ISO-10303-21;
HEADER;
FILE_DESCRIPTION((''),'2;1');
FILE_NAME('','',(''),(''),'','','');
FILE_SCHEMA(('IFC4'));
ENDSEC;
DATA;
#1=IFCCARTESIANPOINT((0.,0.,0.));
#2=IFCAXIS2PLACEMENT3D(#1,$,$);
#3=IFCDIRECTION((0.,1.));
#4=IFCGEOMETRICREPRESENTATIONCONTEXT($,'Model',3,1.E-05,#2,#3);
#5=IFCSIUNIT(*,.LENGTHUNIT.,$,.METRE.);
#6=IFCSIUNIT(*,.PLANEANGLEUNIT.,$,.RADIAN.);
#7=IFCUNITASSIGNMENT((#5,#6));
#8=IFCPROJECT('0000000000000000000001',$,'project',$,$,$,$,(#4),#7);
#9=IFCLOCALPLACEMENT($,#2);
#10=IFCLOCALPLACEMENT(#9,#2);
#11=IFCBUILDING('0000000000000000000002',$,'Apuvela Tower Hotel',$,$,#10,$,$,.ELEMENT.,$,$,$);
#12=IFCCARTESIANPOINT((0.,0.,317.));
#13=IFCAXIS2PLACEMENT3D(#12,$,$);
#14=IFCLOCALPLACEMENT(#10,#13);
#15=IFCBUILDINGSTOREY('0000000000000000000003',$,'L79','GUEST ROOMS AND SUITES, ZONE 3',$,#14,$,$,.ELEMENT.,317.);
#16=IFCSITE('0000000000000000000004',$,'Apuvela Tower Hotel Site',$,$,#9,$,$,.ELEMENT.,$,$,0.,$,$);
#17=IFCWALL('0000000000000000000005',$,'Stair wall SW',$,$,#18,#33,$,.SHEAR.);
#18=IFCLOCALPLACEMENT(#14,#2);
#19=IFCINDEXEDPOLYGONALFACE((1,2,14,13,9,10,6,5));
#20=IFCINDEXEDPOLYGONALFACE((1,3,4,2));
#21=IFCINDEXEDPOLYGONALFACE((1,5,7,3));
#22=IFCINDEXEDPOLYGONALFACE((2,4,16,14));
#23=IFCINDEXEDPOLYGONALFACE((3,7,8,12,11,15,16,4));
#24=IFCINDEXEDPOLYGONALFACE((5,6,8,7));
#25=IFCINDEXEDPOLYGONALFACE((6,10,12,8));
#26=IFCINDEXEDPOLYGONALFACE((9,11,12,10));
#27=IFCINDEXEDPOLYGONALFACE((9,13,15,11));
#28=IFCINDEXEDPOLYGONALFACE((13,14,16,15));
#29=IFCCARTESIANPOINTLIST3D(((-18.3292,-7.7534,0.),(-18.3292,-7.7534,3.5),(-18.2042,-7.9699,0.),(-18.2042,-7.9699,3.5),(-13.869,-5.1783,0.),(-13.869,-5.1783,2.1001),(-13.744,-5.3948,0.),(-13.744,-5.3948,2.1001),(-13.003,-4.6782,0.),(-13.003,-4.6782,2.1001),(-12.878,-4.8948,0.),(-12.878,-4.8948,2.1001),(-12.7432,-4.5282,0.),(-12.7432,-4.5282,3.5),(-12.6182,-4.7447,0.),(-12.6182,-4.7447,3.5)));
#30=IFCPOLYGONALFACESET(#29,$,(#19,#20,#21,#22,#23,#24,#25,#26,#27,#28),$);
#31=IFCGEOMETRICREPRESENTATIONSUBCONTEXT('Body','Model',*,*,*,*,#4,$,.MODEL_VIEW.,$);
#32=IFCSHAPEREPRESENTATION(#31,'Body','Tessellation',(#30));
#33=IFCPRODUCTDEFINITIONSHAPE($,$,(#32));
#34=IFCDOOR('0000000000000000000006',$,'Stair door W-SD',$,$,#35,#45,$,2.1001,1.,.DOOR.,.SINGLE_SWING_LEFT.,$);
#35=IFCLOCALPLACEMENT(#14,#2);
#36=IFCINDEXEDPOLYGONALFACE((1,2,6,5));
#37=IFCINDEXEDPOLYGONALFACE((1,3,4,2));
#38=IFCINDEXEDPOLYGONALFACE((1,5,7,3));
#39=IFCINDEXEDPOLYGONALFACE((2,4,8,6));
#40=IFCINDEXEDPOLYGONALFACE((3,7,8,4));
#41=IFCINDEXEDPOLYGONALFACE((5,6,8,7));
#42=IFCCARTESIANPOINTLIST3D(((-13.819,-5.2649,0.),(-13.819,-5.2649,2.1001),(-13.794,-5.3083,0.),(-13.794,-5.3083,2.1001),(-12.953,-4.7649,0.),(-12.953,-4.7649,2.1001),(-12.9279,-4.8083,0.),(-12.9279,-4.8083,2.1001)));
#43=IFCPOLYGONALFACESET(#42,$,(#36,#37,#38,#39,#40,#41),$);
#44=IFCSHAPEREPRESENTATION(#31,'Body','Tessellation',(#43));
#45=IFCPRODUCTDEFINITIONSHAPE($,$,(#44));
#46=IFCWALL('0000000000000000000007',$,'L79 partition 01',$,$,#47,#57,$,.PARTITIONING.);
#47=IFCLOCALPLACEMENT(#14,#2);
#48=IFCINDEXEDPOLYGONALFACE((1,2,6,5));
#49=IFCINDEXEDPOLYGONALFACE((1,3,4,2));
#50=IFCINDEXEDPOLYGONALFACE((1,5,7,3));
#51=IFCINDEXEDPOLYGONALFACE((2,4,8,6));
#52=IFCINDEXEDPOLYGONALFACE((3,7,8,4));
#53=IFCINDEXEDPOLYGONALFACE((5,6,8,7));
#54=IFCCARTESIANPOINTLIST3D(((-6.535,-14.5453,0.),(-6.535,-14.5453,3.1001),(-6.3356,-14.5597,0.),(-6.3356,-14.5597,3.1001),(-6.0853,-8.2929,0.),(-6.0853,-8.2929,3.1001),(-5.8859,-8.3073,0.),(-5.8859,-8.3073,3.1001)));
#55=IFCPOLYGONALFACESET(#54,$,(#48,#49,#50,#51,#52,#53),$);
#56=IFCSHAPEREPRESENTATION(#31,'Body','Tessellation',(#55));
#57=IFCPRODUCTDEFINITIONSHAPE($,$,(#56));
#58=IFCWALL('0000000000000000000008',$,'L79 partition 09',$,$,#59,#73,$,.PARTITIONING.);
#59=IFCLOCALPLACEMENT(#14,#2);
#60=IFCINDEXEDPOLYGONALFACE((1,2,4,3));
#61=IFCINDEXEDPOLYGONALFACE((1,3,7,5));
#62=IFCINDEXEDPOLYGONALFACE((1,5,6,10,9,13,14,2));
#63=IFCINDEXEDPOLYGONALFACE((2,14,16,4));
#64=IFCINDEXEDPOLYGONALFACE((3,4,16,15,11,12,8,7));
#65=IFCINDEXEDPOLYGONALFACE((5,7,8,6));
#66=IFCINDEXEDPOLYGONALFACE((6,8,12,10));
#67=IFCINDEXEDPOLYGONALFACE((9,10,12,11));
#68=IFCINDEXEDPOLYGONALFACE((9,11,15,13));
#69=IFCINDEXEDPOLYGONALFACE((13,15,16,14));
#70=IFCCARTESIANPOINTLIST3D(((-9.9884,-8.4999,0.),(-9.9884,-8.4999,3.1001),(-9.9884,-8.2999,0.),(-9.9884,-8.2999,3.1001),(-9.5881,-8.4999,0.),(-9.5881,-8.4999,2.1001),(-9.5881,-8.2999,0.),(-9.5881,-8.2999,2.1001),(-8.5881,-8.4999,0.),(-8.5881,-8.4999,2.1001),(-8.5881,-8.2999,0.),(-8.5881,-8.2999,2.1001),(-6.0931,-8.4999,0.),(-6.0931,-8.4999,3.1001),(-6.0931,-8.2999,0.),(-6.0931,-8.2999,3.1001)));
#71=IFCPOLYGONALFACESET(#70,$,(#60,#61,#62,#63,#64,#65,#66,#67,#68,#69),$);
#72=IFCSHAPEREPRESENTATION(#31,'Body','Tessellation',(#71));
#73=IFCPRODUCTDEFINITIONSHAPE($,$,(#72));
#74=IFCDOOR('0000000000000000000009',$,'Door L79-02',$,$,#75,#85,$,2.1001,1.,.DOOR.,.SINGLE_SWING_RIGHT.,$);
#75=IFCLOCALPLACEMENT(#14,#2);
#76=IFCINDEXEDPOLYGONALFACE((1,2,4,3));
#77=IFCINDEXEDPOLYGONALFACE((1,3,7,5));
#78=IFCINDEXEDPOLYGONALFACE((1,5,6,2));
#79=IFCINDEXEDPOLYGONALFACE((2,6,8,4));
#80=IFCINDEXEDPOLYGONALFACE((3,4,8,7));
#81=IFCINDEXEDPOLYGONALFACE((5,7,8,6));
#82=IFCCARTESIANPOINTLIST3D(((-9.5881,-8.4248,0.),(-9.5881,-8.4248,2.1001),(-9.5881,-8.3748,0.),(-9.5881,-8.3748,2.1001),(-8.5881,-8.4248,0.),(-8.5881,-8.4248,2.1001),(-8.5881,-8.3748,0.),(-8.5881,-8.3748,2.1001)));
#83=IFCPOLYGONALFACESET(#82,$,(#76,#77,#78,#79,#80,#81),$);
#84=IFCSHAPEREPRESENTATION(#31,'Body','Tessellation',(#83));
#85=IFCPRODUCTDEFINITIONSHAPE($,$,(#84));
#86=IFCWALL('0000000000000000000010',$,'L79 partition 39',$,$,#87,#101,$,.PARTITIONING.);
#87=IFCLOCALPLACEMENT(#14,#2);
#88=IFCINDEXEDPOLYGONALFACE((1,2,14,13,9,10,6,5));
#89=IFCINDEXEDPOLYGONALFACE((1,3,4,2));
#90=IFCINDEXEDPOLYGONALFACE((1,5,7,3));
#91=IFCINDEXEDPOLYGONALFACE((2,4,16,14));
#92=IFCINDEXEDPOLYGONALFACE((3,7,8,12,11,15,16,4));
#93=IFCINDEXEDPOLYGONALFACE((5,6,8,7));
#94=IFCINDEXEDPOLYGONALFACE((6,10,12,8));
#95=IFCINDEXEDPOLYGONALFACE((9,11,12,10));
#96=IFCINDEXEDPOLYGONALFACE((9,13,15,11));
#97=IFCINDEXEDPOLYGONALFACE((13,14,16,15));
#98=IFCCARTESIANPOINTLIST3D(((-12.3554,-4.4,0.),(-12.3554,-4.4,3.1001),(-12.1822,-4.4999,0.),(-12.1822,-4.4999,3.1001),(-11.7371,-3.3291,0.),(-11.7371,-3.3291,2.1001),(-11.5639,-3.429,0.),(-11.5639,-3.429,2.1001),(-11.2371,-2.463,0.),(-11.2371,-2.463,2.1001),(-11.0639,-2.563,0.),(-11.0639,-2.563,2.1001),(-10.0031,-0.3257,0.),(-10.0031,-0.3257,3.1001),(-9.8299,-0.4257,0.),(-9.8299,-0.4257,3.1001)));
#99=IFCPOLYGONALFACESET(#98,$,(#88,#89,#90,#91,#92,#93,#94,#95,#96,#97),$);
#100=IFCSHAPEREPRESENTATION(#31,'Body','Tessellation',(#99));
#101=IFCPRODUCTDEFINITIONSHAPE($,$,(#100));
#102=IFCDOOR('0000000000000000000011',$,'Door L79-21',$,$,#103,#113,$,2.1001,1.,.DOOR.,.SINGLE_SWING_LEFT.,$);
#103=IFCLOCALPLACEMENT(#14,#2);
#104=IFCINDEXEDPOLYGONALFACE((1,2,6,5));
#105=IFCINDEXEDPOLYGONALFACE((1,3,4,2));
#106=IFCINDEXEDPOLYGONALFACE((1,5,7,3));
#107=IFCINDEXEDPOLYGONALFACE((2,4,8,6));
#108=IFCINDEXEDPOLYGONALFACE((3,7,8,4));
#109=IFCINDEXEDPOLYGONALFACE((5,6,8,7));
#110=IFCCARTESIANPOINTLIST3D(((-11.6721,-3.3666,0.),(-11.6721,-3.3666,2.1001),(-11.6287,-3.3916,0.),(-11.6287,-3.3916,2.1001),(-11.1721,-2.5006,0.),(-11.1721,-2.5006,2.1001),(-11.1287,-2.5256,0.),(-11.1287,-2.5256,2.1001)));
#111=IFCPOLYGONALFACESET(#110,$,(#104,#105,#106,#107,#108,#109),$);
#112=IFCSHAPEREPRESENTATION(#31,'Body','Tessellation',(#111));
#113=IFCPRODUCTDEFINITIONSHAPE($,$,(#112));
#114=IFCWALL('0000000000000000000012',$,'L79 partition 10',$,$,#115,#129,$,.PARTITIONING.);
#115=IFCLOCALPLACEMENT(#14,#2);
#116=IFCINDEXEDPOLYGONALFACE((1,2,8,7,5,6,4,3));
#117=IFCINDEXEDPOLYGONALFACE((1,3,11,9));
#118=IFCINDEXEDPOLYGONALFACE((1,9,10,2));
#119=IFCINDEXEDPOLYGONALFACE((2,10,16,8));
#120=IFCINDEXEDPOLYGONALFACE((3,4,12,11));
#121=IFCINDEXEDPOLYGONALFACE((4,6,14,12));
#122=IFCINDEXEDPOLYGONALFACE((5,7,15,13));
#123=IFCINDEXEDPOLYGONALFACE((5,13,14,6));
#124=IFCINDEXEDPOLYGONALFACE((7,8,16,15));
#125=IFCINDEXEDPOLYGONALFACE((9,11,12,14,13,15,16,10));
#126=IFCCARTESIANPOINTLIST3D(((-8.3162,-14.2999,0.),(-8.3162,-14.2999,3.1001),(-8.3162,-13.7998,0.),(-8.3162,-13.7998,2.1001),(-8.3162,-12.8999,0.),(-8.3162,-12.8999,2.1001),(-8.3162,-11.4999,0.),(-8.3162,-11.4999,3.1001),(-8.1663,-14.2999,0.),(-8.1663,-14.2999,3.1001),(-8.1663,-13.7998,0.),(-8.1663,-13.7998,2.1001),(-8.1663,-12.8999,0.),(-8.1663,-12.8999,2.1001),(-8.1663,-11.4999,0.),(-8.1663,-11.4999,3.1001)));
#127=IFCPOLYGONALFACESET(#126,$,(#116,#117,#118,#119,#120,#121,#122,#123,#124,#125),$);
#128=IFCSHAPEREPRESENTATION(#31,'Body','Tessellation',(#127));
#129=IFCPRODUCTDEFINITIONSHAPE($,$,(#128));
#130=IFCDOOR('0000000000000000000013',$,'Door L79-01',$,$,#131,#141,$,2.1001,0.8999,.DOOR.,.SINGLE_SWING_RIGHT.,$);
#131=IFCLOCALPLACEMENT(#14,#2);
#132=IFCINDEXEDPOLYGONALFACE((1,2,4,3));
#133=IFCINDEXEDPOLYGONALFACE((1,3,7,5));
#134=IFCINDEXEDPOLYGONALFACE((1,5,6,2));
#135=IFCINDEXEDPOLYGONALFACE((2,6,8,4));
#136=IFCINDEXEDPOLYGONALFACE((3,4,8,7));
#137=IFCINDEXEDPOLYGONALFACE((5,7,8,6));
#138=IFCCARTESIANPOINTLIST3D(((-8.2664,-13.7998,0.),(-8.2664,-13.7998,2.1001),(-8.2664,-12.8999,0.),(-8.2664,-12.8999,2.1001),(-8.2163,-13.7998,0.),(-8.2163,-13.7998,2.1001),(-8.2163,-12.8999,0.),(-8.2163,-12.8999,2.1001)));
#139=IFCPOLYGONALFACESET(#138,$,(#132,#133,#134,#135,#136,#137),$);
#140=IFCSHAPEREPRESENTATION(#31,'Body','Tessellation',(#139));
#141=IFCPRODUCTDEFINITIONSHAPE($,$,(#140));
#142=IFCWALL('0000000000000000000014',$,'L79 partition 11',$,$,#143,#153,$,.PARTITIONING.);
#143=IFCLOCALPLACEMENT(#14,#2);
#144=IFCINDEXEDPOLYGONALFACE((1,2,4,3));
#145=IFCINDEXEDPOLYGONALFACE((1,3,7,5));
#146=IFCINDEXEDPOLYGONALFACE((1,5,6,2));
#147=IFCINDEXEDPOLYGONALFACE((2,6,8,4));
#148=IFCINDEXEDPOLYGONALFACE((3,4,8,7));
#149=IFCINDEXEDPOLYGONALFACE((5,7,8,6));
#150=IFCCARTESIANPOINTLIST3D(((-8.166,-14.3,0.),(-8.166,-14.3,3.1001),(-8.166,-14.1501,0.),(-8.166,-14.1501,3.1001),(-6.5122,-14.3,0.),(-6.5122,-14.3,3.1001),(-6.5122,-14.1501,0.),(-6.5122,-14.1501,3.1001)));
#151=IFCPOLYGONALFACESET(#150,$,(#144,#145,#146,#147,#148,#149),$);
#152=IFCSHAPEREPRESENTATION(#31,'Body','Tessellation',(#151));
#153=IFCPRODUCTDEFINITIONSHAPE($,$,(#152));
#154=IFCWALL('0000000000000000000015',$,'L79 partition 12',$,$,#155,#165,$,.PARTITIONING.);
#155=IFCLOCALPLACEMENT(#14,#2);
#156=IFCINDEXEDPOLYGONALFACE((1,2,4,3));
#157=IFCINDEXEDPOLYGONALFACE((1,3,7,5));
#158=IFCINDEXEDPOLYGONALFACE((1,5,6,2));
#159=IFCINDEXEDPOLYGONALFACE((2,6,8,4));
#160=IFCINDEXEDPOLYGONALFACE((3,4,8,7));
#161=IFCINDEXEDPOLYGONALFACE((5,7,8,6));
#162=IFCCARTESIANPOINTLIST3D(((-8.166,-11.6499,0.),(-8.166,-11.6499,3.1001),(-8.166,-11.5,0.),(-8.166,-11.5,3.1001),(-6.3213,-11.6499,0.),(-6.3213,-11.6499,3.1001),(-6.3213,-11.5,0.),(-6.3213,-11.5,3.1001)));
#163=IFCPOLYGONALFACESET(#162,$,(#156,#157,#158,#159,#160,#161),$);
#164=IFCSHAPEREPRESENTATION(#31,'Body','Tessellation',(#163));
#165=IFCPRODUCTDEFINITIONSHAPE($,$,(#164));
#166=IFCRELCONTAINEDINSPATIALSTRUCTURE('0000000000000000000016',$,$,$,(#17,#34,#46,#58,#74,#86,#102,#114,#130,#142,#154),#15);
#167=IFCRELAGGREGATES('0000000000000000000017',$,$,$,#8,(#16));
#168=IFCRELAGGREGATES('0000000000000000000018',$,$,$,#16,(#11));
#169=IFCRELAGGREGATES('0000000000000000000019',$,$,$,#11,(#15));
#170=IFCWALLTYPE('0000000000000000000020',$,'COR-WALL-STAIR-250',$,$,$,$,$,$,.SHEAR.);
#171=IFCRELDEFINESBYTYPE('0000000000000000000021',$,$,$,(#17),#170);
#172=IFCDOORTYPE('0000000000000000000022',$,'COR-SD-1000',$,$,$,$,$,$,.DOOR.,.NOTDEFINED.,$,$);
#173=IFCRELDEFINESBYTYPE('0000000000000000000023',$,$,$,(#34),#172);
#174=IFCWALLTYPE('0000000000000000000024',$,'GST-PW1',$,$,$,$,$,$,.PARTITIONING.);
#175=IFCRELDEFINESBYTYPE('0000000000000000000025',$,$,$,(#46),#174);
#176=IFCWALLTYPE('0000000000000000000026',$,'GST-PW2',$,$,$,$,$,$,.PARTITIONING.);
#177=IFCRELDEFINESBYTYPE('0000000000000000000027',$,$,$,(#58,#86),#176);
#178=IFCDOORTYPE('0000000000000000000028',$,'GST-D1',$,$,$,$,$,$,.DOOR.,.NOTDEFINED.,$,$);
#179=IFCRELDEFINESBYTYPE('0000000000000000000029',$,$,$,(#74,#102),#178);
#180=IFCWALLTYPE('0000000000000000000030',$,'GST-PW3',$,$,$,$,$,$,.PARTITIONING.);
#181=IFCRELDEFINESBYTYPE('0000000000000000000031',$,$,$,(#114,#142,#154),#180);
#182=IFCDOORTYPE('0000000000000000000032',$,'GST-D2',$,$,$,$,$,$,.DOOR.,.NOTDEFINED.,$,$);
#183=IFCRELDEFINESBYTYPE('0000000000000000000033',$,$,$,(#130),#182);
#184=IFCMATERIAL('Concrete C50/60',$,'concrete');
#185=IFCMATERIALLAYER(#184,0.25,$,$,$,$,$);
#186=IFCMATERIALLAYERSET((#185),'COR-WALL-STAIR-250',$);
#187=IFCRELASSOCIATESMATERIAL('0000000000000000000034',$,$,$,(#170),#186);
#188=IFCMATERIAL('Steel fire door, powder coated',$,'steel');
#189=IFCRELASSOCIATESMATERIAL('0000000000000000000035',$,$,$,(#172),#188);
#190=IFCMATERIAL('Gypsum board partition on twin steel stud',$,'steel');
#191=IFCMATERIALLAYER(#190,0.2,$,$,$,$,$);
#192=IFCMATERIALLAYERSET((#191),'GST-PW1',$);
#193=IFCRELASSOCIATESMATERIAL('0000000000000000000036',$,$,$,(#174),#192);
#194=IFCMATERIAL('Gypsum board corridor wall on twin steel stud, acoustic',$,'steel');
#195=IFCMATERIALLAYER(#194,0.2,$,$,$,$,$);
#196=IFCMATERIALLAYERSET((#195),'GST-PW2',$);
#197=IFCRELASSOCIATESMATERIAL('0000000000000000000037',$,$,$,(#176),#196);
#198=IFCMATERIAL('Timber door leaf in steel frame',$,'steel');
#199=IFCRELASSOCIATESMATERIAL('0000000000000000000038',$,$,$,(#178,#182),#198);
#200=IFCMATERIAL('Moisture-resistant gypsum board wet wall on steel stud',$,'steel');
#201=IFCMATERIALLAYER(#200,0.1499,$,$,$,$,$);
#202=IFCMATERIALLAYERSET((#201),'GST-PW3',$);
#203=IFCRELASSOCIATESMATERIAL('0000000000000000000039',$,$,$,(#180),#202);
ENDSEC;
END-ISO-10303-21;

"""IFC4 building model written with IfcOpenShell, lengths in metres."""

from ifc_helpers import new_model, si_unit, direction, frame, frame_2d, origin, place, context, subcontext, project, spatial, rectangle, extrude, material, layer, layer_set, type_object, element, fill, save


model = new_model("IFC4")

# Units and contexts
model_context = context("Model", 3, precision=1e-05, world=origin(), true_north=direction((0.0, 1.0)))
body_context = subcontext(model_context, "Body", "Model", "MODEL_VIEW")
ifc_project = project(units=[si_unit("LENGTHUNIT", "METRE"), si_unit("PLANEANGLEUNIT", "RADIAN")], contexts=[model_context])

# Site, building, storey
site_placement = place(None, origin())
site = spatial("IfcSite", under=ifc_project, at=site_placement, Name="Apuvela Tower Hotel Site", CompositionType="ELEMENT", RefElevation=0.0)
building_placement = place(site_placement, origin())
building = spatial("IfcBuilding", under=site, at=building_placement, Name="Apuvela Tower Hotel", CompositionType="ELEMENT")
storey_placement = place(building_placement, frame((0.0, 0.0, 317.0)))
storey = spatial("IfcBuildingStorey", under=building, at=storey_placement, Name="L79", Description="GUEST ROOMS AND SUITES, ZONE 3", CompositionType="ELEMENT", Elevation=317.0)

# Shared definitions
ifc_material_1 = material(Name="Concrete C50/60", Category="concrete")

# Wall, opening, door
ifc_material_2 = material(Name="Steel fire door, powder coated", Category="steel")
ifc_layer_1 = layer(ifc_material_1, 0.25)
ifc_layer_set_1 = layer_set([ifc_layer_1], Name="COR-WALL-STAIR-250")
wall_type_1 = type_object("IfcWallType", Name="COR-WALL-STAIR-250", PredefinedType="SHEAR", material=ifc_layer_set_1)
wall_1_placement = place(storey_placement, frame((-12.6807, -4.6365, 0.0), z_axis=(0.0, 0.0, 1.0), x_axis=(-0.866022, -0.500006, 0.0)))
wall_1 = element("IfcWall", 1, at=wall_1_placement, inside=storey, type_object=wall_type_1, Name="Stair wall SW", PredefinedType="SHEAR", context=body_context, shape_type="SweptSolid", body=[
    extrude(rectangle(XDim=6.4502, YDim=0.25, at=frame_2d((3.2251, 0.0))), origin(), (0.0, 0.0, 1.0), 3.5),
])
opening_1_placement = place(wall_1_placement, frame((0.3, 0.0, 0.0)))
opening_1 = element("IfcOpeningElement", 2, at=opening_1_placement, cuts=wall_1, PredefinedType="OPENING", context=body_context, shape_type="SweptSolid", body=[
    extrude(rectangle(XDim=1.0, YDim=2.1001, at=frame_2d((0.5, 1.05))), frame((0.0, 0.135, 0.0), z_axis=(0.0, -1.0, 0.0), x_axis=(1.0, 0.0, 0.0)), (0.0, 0.0, 1.0), 0.27),
])
door_type_1 = type_object("IfcDoorType", Name="COR-SD-1000", OperationType="NOTDEFINED", PredefinedType="DOOR", material=ifc_material_2)
door_1_placement = place(opening_1_placement, frame((1.0, 0.0, 0.0), z_axis=(0.0, 0.0, 1.0), x_axis=(-1.0, 0.0, 0.0)))
door_1 = element("IfcDoor", 3, at=door_1_placement, inside=storey, type_object=door_type_1, Name="Stair door W-SD", OperationType="SINGLE_SWING_LEFT", OverallHeight=2.1001, OverallWidth=1.0, PredefinedType="DOOR", context=body_context, shape_type="SweptSolid", body=[
    extrude(rectangle(XDim=1.0, YDim=2.1001, at=frame_2d((0.5, 1.05))), frame((0.0, 0.0249, 0.0), z_axis=(0.0, -1.0, 0.0), x_axis=(1.0, 0.0, 0.0)), (0.0, 0.0, 1.0), 0.05),
])
fill(opening_1, door_1)

# Wall
ifc_material_3 = material(Name="Gypsum board partition on twin steel stud", Category="steel")
ifc_layer_2 = layer(ifc_material_3, 0.2)
ifc_layer_set_2 = layer_set([ifc_layer_2], Name="GST-PW1")
wall_type_2 = type_object("IfcWallType", Name="GST-PW1", PredefinedType="PARTITIONING", material=ifc_layer_set_2)
wall_2_placement = place(storey_placement, frame((-6.4353, -14.5525, 0.0), z_axis=(0.0, 0.0, 1.0), x_axis=(0.07174, 0.997423, 0.0)))
element("IfcWall", 4, at=wall_2_placement, inside=storey, type_object=wall_type_2, Name="L79 partition 01", PredefinedType="PARTITIONING", context=body_context, shape_type="SweptSolid", body=[
    extrude(rectangle(XDim=6.2686, YDim=0.2, at=frame_2d((3.1343, 0.0))), origin(), (0.0, 0.0, 1.0), 3.1001),
])

# Walls, openings, doors
ifc_material_4 = material(Name="Gypsum board corridor wall on twin steel stud, acoustic", Category="steel")
ifc_layer_3 = layer(ifc_material_4, 0.2)
ifc_layer_set_3 = layer_set([ifc_layer_3], Name="GST-PW2")
wall_type_3 = type_object("IfcWallType", Name="GST-PW2", PredefinedType="PARTITIONING", material=ifc_layer_set_3)
wall_3_placement = place(storey_placement, frame((-6.093, -8.3999, 0.0), z_axis=(0.0, 0.0, 1.0), x_axis=(-1.0, 0.0, 0.0)))
wall_3 = element("IfcWall", 5, at=wall_3_placement, inside=storey, type_object=wall_type_3, Name="L79 partition 09", PredefinedType="PARTITIONING", context=body_context, shape_type="SweptSolid", body=[
    extrude(rectangle(XDim=3.8953, YDim=0.2, at=frame_2d((1.9478, 0.0))), origin(), (0.0, 0.0, 1.0), 3.1001),
])
opening_2_placement = place(wall_3_placement, frame((2.4951, 0.0, 0.0)))
opening_2 = element("IfcOpeningElement", 6, at=opening_2_placement, cuts=wall_3, PredefinedType="OPENING", context=body_context, shape_type="SweptSolid", body=[
    extrude(rectangle(XDim=1.0, YDim=2.1001, at=frame_2d((0.5, 1.05))), frame((0.0, 0.1099, 0.0), z_axis=(0.0, -1.0, 0.0), x_axis=(1.0, 0.0, 0.0)), (0.0, 0.0, 1.0), 0.22),
])
ifc_material_5 = material(Name="Timber door leaf in steel frame", Category="steel")
door_type_2 = type_object("IfcDoorType", Name="GST-D1", OperationType="NOTDEFINED", PredefinedType="DOOR", material=ifc_material_5)
door_2_placement = place(opening_2_placement, origin())
door_2 = element("IfcDoor", 7, at=door_2_placement, inside=storey, type_object=door_type_2, Name="Door L79-02", OperationType="SINGLE_SWING_RIGHT", OverallHeight=2.1001, OverallWidth=1.0, PredefinedType="DOOR", context=body_context, shape_type="SweptSolid", body=[
    extrude(rectangle(XDim=1.0, YDim=2.1001, at=frame_2d((0.5, 1.05))), frame((0.0, 0.0249, 0.0), z_axis=(0.0, -1.0, 0.0), x_axis=(1.0, 0.0, 0.0)), (0.0, 0.0, 1.0), 0.05),
])
fill(opening_2, door_2)
wall_4_placement = place(storey_placement, frame((-12.2688, -4.45, 0.0), z_axis=(0.0, 0.0, 1.0), x_axis=(0.500007, 0.866021, 0.0)))
wall_4 = element("IfcWall", 8, at=wall_4_placement, inside=storey, type_object=wall_type_3, Name="L79 partition 39", PredefinedType="PARTITIONING", context=body_context, shape_type="SweptSolid", body=[
    extrude(rectangle(XDim=4.7046, YDim=0.2, at=frame_2d((2.3523, 0.0))), origin(), (0.0, 0.0, 1.0), 3.1001),
])
opening_3_placement = place(wall_4_placement, frame((1.2366, 0.0, 0.0)))
opening_3 = element("IfcOpeningElement", 9, at=opening_3_placement, cuts=wall_4, PredefinedType="OPENING", context=body_context, shape_type="SweptSolid", body=[
    extrude(rectangle(XDim=1.0, YDim=2.1001, at=frame_2d((0.5, 1.05))), frame((0.0, 0.1099, 0.0), z_axis=(0.0, -1.0, 0.0), x_axis=(1.0, 0.0, 0.0)), (0.0, 0.0, 1.0), 0.22),
])
door_3_placement = place(opening_3_placement, origin())
door_3 = element("IfcDoor", 10, at=door_3_placement, inside=storey, type_object=door_type_2, Name="Door L79-21", OperationType="SINGLE_SWING_LEFT", OverallHeight=2.1001, OverallWidth=1.0, PredefinedType="DOOR", context=body_context, shape_type="SweptSolid", body=[
    extrude(rectangle(XDim=1.0, YDim=2.1001, at=frame_2d((0.5, 1.05))), frame((0.0, 0.0249, 0.0), z_axis=(0.0, -1.0, 0.0), x_axis=(1.0, 0.0, 0.0)), (0.0, 0.0, 1.0), 0.05),
])
fill(opening_3, door_3)
ifc_material_6 = material(Name="Moisture-resistant gypsum board wet wall on steel stud", Category="steel")
ifc_layer_4 = layer(ifc_material_6, 0.1499)
ifc_layer_set_4 = layer_set([ifc_layer_4], Name="GST-PW3")
wall_type_4 = type_object("IfcWallType", Name="GST-PW3", PredefinedType="PARTITIONING", material=ifc_layer_set_4)
wall_5_placement = place(storey_placement, frame((-8.2412, -11.5, 0.0), z_axis=(0.0, 0.0, 1.0), x_axis=(0.0, -1.0, 0.0)))
wall_5 = element("IfcWall", 11, at=wall_5_placement, inside=storey, type_object=wall_type_4, Name="L79 partition 10", PredefinedType="PARTITIONING", context=body_context, shape_type="SweptSolid", body=[
    extrude(rectangle(XDim=2.8, YDim=0.1499, at=frame_2d((1.3999, 0.0))), origin(), (0.0, 0.0, 1.0), 3.1001),
])
opening_4_placement = place(wall_5_placement, frame((1.3999, 0.0, 0.0)))
opening_4 = element("IfcOpeningElement", 12, at=opening_4_placement, cuts=wall_5, PredefinedType="OPENING", context=body_context, shape_type="SweptSolid", body=[
    extrude(rectangle(XDim=0.8999, YDim=2.1001, at=frame_2d((0.45, 1.05))), frame((0.0, 0.085, 0.0), z_axis=(0.0, -1.0, 0.0), x_axis=(1.0, 0.0, 0.0)), (0.0, 0.0, 1.0), 0.1699),
])
door_type_3 = type_object("IfcDoorType", Name="GST-D2", OperationType="NOTDEFINED", PredefinedType="DOOR", material=ifc_material_5)
door_4_placement = place(opening_4_placement, origin())
door_4 = element("IfcDoor", 13, at=door_4_placement, inside=storey, type_object=door_type_3, Name="Door L79-01", OperationType="SINGLE_SWING_RIGHT", OverallHeight=2.1001, OverallWidth=0.8999, PredefinedType="DOOR", context=body_context, shape_type="SweptSolid", body=[
    extrude(rectangle(XDim=0.8999, YDim=2.1001, at=frame_2d((0.45, 1.05))), frame((0.0, 0.0249, 0.0), z_axis=(0.0, -1.0, 0.0), x_axis=(1.0, 0.0, 0.0)), (0.0, 0.0, 1.0), 0.05),
])
fill(opening_4, door_4)

# Walls
wall_6_placement = place(storey_placement, frame((-8.166, -14.2251, 0.0), z_axis=(0.0, 0.0, 1.0), x_axis=(1.0, 0.0, 0.0)))
element("IfcWall", 14, at=wall_6_placement, inside=storey, type_object=wall_type_4, Name="L79 partition 11", PredefinedType="PARTITIONING", context=body_context, shape_type="SweptSolid", body=[
    extrude(rectangle(XDim=1.6538, YDim=0.1499, at=frame_2d((0.8269, 0.0))), origin(), (0.0, 0.0, 1.0), 3.1001),
])
wall_7_placement = place(storey_placement, frame((-8.166, -11.575, 0.0), z_axis=(0.0, 0.0, 1.0), x_axis=(1.0, 0.0, 0.0)))
element("IfcWall", 15, at=wall_7_placement, inside=storey, type_object=wall_type_4, Name="L79 partition 12", PredefinedType="PARTITIONING", context=body_context, shape_type="SweptSolid", body=[
    extrude(rectangle(XDim=1.8447, YDim=0.1499, at=frame_2d((0.9224, 0.0))), origin(), (0.0, 0.0, 1.0), 3.1001),
])

save(model, "model.ifc")
